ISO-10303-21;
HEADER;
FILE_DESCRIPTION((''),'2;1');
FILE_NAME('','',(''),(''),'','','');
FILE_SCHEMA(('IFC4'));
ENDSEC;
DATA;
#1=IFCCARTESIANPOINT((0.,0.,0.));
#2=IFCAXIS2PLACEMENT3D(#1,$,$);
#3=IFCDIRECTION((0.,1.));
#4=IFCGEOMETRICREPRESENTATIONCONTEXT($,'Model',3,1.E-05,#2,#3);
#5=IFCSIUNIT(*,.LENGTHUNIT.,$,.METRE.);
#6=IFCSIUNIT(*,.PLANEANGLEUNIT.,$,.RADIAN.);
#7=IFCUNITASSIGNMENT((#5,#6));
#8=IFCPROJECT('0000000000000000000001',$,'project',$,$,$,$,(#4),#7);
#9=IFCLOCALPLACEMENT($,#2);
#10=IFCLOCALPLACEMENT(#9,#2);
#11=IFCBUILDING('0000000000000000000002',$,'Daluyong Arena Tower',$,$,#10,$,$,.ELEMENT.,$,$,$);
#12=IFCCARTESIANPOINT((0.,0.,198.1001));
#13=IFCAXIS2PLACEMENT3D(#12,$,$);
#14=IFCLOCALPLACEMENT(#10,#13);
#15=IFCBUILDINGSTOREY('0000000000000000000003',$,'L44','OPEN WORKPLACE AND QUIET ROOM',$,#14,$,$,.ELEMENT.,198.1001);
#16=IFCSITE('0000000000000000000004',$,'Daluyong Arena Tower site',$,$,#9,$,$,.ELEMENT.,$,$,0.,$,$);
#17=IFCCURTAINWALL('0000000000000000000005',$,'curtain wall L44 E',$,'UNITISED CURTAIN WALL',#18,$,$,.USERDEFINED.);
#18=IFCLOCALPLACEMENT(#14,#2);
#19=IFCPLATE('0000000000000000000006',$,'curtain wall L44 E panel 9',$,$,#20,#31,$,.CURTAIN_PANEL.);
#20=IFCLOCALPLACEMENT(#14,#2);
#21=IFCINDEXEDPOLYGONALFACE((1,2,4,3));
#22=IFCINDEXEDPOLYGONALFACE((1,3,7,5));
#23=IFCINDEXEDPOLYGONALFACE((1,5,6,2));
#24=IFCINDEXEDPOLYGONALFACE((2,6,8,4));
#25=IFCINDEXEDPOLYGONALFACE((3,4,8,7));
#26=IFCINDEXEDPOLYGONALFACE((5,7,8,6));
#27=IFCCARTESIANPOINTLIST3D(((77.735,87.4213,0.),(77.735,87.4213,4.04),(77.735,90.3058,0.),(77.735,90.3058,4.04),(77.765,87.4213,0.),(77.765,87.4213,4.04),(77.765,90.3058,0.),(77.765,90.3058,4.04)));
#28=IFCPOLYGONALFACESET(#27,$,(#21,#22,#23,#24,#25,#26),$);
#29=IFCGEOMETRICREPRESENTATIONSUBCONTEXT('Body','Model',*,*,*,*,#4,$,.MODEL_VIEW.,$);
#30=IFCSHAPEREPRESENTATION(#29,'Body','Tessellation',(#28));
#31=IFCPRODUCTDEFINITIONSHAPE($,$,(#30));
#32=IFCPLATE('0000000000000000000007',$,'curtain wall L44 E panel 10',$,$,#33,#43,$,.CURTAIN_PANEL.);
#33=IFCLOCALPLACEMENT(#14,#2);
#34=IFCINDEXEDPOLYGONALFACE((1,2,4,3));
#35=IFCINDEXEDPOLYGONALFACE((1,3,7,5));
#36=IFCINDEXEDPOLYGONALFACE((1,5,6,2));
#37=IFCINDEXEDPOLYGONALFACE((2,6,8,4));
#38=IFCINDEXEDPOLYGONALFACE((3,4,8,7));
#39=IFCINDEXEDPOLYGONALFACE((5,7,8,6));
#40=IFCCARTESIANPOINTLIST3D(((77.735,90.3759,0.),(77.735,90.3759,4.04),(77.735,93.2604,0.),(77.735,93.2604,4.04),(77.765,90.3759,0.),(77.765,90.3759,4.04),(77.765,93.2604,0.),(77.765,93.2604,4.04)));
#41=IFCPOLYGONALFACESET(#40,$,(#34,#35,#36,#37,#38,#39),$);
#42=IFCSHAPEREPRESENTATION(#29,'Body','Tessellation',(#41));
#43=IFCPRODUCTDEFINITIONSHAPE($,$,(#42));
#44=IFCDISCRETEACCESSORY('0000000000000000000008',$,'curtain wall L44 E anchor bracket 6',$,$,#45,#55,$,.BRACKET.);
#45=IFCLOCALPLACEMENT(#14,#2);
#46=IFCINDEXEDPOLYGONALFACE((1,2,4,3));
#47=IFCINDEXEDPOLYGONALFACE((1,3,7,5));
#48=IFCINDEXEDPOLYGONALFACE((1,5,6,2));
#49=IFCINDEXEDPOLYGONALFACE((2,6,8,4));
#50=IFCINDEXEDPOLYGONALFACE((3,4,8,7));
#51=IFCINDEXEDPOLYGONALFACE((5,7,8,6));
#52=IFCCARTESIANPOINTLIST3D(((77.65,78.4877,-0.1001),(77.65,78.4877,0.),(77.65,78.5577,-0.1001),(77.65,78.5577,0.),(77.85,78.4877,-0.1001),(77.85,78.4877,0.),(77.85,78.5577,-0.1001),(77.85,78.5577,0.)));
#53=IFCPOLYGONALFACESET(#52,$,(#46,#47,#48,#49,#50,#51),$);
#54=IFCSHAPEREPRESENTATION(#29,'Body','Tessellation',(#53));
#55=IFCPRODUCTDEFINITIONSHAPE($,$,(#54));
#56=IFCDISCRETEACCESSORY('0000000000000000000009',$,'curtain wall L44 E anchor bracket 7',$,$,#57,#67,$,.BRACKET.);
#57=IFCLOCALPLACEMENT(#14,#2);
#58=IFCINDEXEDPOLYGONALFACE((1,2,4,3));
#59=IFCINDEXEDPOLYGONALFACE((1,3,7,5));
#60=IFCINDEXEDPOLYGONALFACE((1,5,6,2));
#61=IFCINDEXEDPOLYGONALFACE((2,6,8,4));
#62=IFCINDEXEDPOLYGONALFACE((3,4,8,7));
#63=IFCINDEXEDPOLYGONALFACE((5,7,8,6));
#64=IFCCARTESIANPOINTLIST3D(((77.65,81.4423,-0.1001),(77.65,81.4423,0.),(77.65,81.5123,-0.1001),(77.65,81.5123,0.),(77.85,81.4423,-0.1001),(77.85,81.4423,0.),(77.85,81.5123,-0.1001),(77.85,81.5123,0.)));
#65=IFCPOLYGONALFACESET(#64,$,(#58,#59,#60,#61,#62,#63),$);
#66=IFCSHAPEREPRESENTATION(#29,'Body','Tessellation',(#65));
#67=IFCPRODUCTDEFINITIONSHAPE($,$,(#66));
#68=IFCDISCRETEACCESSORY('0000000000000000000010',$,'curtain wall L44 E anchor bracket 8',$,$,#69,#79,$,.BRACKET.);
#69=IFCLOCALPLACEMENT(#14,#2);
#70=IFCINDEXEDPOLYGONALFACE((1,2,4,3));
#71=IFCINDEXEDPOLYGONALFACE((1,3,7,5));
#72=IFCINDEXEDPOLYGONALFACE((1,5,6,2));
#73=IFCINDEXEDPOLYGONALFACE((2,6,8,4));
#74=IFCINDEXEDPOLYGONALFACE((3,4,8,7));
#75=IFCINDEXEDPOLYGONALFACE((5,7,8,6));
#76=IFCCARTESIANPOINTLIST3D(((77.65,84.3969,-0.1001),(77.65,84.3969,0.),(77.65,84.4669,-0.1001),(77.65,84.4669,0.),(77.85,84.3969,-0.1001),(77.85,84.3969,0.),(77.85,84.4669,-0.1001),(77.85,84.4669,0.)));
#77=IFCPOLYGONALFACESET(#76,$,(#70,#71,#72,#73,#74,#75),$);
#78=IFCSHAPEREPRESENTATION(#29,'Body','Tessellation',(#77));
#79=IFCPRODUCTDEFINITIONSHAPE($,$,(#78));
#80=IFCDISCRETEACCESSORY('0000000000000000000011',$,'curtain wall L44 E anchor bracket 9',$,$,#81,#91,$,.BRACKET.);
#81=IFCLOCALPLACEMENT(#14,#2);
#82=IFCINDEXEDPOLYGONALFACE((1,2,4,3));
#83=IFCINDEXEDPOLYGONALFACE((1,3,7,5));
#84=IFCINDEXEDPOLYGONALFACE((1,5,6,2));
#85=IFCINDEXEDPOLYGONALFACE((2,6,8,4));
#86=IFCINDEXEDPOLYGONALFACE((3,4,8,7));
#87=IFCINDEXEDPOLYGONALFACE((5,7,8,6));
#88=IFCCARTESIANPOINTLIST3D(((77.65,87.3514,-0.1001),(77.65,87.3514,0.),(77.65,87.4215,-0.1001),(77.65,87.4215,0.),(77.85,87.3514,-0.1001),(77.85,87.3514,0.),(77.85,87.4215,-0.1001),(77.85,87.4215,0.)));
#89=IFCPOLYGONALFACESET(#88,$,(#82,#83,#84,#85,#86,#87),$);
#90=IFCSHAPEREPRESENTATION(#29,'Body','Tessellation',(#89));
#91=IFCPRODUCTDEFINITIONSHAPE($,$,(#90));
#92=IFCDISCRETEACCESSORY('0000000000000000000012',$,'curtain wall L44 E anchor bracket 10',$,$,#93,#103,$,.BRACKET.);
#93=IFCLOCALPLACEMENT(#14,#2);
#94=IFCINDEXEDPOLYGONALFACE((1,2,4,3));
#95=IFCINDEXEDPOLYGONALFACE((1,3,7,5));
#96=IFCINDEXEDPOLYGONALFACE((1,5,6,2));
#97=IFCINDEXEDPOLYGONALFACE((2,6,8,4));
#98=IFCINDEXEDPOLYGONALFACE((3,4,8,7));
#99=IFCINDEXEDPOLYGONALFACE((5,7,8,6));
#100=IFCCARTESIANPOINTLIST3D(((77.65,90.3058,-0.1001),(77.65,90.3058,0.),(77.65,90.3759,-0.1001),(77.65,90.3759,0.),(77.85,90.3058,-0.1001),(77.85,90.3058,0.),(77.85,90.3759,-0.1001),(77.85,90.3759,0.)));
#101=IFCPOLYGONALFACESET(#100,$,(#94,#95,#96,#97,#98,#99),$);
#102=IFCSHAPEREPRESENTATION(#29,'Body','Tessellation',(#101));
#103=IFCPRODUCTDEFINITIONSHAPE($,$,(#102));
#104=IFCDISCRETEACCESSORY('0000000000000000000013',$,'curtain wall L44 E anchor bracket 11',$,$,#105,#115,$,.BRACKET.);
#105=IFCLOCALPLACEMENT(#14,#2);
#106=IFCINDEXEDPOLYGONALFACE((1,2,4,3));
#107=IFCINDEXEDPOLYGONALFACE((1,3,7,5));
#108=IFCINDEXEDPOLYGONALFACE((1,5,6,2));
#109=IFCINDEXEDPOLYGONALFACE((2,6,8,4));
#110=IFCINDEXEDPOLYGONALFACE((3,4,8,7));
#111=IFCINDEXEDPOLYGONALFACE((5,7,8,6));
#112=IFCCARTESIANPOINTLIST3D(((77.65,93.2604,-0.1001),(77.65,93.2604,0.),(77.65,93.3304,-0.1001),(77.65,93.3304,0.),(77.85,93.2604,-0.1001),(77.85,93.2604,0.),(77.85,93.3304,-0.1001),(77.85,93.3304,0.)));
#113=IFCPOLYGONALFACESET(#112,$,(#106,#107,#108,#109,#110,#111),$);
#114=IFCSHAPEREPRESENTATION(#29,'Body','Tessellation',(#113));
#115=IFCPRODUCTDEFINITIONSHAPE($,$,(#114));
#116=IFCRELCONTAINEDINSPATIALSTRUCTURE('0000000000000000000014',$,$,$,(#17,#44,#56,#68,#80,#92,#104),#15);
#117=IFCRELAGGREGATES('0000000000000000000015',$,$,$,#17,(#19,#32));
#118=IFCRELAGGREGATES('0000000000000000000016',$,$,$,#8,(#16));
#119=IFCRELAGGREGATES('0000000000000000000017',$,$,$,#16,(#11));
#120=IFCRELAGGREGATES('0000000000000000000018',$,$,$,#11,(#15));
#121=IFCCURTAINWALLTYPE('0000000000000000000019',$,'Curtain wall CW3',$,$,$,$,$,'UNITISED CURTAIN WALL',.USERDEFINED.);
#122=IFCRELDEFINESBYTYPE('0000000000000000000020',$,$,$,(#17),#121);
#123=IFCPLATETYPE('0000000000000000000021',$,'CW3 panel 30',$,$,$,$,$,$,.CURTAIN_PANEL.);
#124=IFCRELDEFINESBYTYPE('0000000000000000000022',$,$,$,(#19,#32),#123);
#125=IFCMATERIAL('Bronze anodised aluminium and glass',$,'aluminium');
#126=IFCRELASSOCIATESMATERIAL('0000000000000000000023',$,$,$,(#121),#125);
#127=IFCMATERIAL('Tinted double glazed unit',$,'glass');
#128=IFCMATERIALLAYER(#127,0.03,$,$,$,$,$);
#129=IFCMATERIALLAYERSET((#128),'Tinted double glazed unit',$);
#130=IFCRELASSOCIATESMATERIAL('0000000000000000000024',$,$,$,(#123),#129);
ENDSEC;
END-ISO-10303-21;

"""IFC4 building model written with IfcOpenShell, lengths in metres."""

from ifc_helpers import new_model, si_unit, direction, frame, origin, origin_2d, place, context, subcontext, project, spatial, rectangle, extrude, material, layer, layer_set, type_object, element, aggregate, save


model = new_model("IFC4")

# Units and contexts
model_context = context("Model", 3, precision=1e-05, world=origin(), true_north=direction((0.0, 1.0)))
body_context = subcontext(model_context, "Body", "Model", "MODEL_VIEW")
ifc_project = project(units=[si_unit("LENGTHUNIT", "METRE"), si_unit("PLANEANGLEUNIT", "RADIAN")], contexts=[model_context])

# Site, building, storey
site_placement = place(None, origin())
site = spatial("IfcSite", under=ifc_project, at=site_placement, Name="Daluyong Arena Tower site", CompositionType="ELEMENT", RefElevation=0.0)
building_placement = place(site_placement, origin())
building = spatial("IfcBuilding", under=site, at=building_placement, Name="Daluyong Arena Tower", CompositionType="ELEMENT")
storey_placement = place(building_placement, frame((0.0, 0.0, 198.1001)))
storey = spatial("IfcBuildingStorey", under=building, at=storey_placement, Name="L44", Description="OPEN WORKPLACE AND QUIET ROOM", CompositionType="ELEMENT", Elevation=198.1001)

# Curtain wall
ifc_material_1 = material(Name="Bronze anodised aluminium and glass", Category="aluminium")
curtain_wall_type = type_object("IfcCurtainWallType", Name="Curtain wall CW3", ElementType="UNITISED CURTAIN WALL", PredefinedType="USERDEFINED", material=ifc_material_1)
curtain_wall_placement = place(storey_placement, origin())
curtain_wall = element("IfcCurtainWall", 1, at=curtain_wall_placement, inside=storey, type_object=curtain_wall_type, Name="curtain wall L44 E", ObjectType="UNITISED CURTAIN WALL", PredefinedType="USERDEFINED")

# Plates
ifc_material_2 = material(Name="Tinted double glazed unit", Category="glass")
ifc_layer = layer(ifc_material_2, 0.03)
ifc_layer_set = layer_set([ifc_layer], Name="Tinted double glazed unit")
plate_type = type_object("IfcPlateType", Name="CW3 panel 30", PredefinedType="CURTAIN_PANEL", material=ifc_layer_set)
plate_1_placement = place(storey_placement, frame((77.75, 88.8635, 0.0), z_axis=(0.0, 0.0, 1.0), x_axis=(0.0, 1.0, 0.0)))
plate_1 = element("IfcPlate", 2, at=plate_1_placement, type_object=plate_type, Name="curtain wall L44 E panel 9", PredefinedType="CURTAIN_PANEL", context=body_context, shape_type="SweptSolid", body=[
    extrude(rectangle(XDim=2.8845, YDim=0.03, at=origin_2d()), origin(), (0.0, 0.0, 1.0), 4.04),
])
plate_2_placement = place(storey_placement, frame((77.75, 91.8181, 0.0), z_axis=(0.0, 0.0, 1.0), x_axis=(0.0, 1.0, 0.0)))
plate_2 = element("IfcPlate", 3, at=plate_2_placement, type_object=plate_type, Name="curtain wall L44 E panel 10", PredefinedType="CURTAIN_PANEL", context=body_context, shape_type="SweptSolid", body=[
    extrude(rectangle(XDim=2.8845, YDim=0.03, at=origin_2d()), origin(), (0.0, 0.0, 1.0), 4.04),
])
aggregate(curtain_wall, [plate_1, plate_2])

# Discrete accessories
for number, where, z_axis, x_axis, name in (
    (4, (77.75, 78.5227, -0.1001), (0.0, 0.0, 1.0), (0.0, 1.0, 0.0), "curtain wall L44 E anchor bracket 6"),
    (5, (77.75, 81.4773, -0.1001), (0.0, 0.0, 1.0), (0.0, 1.0, 0.0), "curtain wall L44 E anchor bracket 7"),
    (6, (77.75, 84.4319, -0.1001), (0.0, 0.0, 1.0), (0.0, 1.0, 0.0), "curtain wall L44 E anchor bracket 8"),
    (7, (77.75, 87.3865, -0.1001), (0.0, 0.0, 1.0), (0.0, 1.0, 0.0), "curtain wall L44 E anchor bracket 9"),
    (8, (77.75, 90.3408, -0.1001), (0.0, 0.0, 1.0), (0.0, 1.0, 0.0), "curtain wall L44 E anchor bracket 10"),
    (9, (77.75, 93.2954, -0.1001), (0.0, 0.0, 1.0), (0.0, 1.0, 0.0), "curtain wall L44 E anchor bracket 11"),
):
    element("IfcDiscreteAccessory", number, at=place(storey_placement, frame(where, z_axis=z_axis, x_axis=x_axis)), inside=storey, Name=name, PredefinedType="BRACKET", context=body_context, shape_type="SweptSolid", body=[
        extrude(rectangle(XDim=0.0701, YDim=0.2, at=origin_2d()), origin(), (0.0, 0.0, 1.0), 0.1001),
    ])

save(model, "model.ifc")
